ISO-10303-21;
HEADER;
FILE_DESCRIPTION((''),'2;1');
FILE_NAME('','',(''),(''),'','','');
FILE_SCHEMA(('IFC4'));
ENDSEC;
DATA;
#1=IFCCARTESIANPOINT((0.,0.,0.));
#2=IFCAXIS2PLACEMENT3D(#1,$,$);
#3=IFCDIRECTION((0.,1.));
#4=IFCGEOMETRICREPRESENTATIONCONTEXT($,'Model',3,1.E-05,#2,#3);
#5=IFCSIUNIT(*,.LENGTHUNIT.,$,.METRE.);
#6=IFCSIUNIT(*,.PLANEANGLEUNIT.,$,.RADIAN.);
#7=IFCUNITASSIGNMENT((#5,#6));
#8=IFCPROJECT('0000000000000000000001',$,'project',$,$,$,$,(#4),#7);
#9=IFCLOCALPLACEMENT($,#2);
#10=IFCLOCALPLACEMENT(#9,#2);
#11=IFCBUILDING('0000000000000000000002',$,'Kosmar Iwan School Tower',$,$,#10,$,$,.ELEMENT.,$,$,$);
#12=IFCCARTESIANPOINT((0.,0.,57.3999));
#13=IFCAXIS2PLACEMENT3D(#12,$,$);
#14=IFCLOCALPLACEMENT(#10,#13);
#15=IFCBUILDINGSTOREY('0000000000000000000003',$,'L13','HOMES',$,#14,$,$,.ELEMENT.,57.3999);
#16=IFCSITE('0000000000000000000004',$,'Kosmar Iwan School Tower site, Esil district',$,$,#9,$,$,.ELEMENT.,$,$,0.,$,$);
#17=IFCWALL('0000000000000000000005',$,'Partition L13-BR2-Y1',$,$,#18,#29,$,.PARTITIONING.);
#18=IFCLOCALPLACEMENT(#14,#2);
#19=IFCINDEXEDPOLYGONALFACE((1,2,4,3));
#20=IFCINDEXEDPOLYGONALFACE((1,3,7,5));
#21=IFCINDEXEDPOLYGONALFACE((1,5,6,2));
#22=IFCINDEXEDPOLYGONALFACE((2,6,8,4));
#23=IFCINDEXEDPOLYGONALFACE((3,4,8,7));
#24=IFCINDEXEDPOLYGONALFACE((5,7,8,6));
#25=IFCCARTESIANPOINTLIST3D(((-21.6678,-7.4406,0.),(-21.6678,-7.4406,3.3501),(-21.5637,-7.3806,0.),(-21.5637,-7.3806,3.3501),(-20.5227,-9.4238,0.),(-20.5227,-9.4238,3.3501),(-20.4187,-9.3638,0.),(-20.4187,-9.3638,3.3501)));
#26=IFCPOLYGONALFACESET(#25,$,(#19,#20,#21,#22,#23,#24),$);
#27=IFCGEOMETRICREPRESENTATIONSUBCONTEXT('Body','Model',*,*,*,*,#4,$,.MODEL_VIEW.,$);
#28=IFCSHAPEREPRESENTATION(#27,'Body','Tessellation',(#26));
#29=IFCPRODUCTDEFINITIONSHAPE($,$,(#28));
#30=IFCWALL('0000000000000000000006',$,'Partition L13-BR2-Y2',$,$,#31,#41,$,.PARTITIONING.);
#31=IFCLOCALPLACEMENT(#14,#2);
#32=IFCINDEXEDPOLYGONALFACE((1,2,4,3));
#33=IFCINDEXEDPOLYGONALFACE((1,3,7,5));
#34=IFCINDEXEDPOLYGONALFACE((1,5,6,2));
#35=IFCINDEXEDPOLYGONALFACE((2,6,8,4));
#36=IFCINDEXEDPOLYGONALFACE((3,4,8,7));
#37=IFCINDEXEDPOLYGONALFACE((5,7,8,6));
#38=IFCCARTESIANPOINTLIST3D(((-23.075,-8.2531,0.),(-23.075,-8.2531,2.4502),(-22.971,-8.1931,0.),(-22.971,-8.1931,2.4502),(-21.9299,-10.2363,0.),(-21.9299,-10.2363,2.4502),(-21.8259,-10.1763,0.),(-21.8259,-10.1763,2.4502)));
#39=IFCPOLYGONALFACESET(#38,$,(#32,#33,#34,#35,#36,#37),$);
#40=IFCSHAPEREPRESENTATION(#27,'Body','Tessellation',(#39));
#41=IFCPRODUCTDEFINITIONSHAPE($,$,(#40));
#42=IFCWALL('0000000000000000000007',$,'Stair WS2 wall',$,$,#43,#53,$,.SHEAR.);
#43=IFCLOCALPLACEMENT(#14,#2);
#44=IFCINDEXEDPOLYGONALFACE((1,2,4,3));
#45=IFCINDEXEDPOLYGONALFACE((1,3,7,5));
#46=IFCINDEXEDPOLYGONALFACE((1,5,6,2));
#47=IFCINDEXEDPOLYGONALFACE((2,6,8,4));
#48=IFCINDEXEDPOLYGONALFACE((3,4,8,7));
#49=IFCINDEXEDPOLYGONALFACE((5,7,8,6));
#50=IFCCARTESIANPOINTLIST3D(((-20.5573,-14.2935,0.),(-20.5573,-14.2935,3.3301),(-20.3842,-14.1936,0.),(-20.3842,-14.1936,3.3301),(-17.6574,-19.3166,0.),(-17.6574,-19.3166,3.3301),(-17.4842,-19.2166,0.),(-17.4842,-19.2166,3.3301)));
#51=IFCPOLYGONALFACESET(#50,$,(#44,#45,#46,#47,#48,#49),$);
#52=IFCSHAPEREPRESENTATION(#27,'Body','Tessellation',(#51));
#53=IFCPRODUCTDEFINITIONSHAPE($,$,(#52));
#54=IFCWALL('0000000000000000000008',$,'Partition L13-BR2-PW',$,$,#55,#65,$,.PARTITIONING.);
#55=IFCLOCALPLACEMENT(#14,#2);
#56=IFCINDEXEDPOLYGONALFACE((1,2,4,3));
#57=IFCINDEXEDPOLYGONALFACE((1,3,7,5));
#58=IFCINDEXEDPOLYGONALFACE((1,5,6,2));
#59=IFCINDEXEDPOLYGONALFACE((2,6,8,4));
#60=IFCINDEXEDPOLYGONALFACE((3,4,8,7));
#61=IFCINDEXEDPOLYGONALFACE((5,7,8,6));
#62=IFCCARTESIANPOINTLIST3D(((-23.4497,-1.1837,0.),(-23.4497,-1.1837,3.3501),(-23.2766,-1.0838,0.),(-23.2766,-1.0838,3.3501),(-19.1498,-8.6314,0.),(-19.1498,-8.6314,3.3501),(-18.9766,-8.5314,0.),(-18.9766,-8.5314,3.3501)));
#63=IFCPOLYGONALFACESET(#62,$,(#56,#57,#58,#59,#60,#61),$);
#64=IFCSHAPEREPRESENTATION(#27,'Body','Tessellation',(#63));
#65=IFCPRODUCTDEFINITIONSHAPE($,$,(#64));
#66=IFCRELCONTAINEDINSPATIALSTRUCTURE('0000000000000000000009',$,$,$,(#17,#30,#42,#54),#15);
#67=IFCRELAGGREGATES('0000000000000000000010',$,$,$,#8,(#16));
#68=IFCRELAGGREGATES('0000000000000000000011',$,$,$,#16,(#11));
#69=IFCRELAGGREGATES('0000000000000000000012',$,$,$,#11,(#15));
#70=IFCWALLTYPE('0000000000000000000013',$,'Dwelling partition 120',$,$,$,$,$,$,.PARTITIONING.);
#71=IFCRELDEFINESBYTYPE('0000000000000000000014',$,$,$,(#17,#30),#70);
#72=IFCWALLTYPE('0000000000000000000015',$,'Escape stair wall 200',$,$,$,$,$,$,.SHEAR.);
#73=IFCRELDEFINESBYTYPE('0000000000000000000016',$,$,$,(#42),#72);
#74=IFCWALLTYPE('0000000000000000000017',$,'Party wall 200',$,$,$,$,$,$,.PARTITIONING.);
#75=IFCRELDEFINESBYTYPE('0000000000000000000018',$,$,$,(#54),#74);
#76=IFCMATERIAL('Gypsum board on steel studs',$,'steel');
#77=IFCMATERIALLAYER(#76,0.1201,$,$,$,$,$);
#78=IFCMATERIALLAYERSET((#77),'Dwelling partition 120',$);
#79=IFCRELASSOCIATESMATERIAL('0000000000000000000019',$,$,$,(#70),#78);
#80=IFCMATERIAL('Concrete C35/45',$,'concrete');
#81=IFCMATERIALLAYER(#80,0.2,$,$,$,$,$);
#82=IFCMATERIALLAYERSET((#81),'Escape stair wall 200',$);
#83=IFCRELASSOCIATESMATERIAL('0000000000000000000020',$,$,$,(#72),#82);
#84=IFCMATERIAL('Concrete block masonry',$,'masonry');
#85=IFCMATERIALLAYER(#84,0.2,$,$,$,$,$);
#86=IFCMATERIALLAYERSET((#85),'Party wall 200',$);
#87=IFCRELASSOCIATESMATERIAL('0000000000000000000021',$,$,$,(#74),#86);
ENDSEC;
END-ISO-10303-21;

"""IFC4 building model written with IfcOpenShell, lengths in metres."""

from ifc_helpers import new_model, si_unit, direction, frame, frame_2d, origin, place, context, subcontext, project, spatial, rectangle, extrude, material, layer, layer_set, type_object, element, save


model = new_model("IFC4")

# Units and contexts
model_context = context("Model", 3, precision=1e-05, world=origin(), true_north=direction((0.0, 1.0)))
body_context = subcontext(model_context, "Body", "Model", "MODEL_VIEW")
ifc_project = project(units=[si_unit("LENGTHUNIT", "METRE"), si_unit("PLANEANGLEUNIT", "RADIAN")], contexts=[model_context])

# Site, building, storey
site_placement = place(None, origin())
site = spatial("IfcSite", under=ifc_project, at=site_placement, Name="Kosmar Iwan School Tower site, Esil district", CompositionType="ELEMENT", RefElevation=0.0)
building_placement = place(site_placement, origin())
building = spatial("IfcBuilding", under=site, at=building_placement, Name="Kosmar Iwan School Tower", CompositionType="ELEMENT")
storey_placement = place(building_placement, frame((0.0, 0.0, 57.3999)))
storey = spatial("IfcBuildingStorey", under=building, at=storey_placement, Name="L13", Description="HOMES", CompositionType="ELEMENT", Elevation=57.3999)

# Shared definitions
ifc_material_1 = material(Name="Gypsum board on steel studs", Category="steel")
ifc_layer_1 = layer(ifc_material_1, 0.1201)
ifc_layer_set_1 = layer_set([ifc_layer_1], Name="Dwelling partition 120")
wall_type_1 = type_object("IfcWallType", Name="Dwelling partition 120", PredefinedType="PARTITIONING", material=ifc_layer_set_1)

# Walls
wall_1_placement = place(storey_placement, frame((-20.4707, -9.3938, 0.0), z_axis=(0.0, 0.0, 1.0), x_axis=(-0.500015, 0.866017, 0.0)))
element("IfcWall", 1, at=wall_1_placement, inside=storey, type_object=wall_type_1, Name="Partition L13-BR2-Y1", PredefinedType="PARTITIONING", context=body_context, shape_type="SweptSolid", body=[
    extrude(rectangle(XDim=2.29, YDim=0.1201, at=frame_2d((1.145, 0.0))), origin(), (0.0, 0.0, 1.0), 3.3501),
])
wall_2_placement = place(storey_placement, frame((-21.8779, -10.2063, 0.0), z_axis=(0.0, 0.0, 1.0), x_axis=(-0.500015, 0.866017, 0.0)))
element("IfcWall", 2, at=wall_2_placement, inside=storey, type_object=wall_type_1, Name="Partition L13-BR2-Y2", PredefinedType="PARTITIONING", context=body_context, shape_type="SweptSolid", body=[
    extrude(rectangle(XDim=2.29, YDim=0.1201, at=frame_2d((1.145, 0.0))), origin(), (0.0, 0.0, 1.0), 2.4502),
])
ifc_material_2 = material(Name="Concrete C35/45", Category="concrete")
ifc_layer_2 = layer(ifc_material_2, 0.2)
ifc_layer_set_2 = layer_set([ifc_layer_2], Name="Escape stair wall 200")
wall_type_2 = type_object("IfcWallType", Name="Escape stair wall 200", PredefinedType="SHEAR", material=ifc_layer_set_2)
wall_3_placement = place(storey_placement, frame((-20.4707, -14.2437, 0.0), z_axis=(0.0, 0.0, 1.0), x_axis=(0.499987, -0.866033, 0.0)))
element("IfcWall", 3, at=wall_3_placement, inside=storey, type_object=wall_type_2, Name="Stair WS2 wall", PredefinedType="SHEAR", context=body_context, shape_type="SweptSolid", body=[
    extrude(rectangle(XDim=5.8, YDim=0.2, at=frame_2d((2.8999, 0.0))), origin(), (0.0, 0.0, 1.0), 3.3301),
])
ifc_material_3 = material(Name="Concrete block masonry", Category="masonry")
ifc_layer_3 = layer(ifc_material_3, 0.2)
ifc_layer_set_3 = layer_set([ifc_layer_3], Name="Party wall 200")
wall_type_3 = type_object("IfcWallType", Name="Party wall 200", PredefinedType="PARTITIONING", material=ifc_layer_set_3)
wall_4_placement = place(storey_placement, frame((-19.0632, -8.5813, 0.0), z_axis=(0.0, 0.0, 1.0), x_axis=(-0.500008, 0.866021, 0.0)))
element("IfcWall", 4, at=wall_4_placement, inside=storey, type_object=wall_type_3, Name="Partition L13-BR2-PW", PredefinedType="PARTITIONING", context=body_context, shape_type="SweptSolid", body=[
    extrude(rectangle(XDim=8.5999, YDim=0.2, at=frame_2d((4.2998, 0.0))), origin(), (0.0, 0.0, 1.0), 3.3501),
])

save(model, "model.ifc")
